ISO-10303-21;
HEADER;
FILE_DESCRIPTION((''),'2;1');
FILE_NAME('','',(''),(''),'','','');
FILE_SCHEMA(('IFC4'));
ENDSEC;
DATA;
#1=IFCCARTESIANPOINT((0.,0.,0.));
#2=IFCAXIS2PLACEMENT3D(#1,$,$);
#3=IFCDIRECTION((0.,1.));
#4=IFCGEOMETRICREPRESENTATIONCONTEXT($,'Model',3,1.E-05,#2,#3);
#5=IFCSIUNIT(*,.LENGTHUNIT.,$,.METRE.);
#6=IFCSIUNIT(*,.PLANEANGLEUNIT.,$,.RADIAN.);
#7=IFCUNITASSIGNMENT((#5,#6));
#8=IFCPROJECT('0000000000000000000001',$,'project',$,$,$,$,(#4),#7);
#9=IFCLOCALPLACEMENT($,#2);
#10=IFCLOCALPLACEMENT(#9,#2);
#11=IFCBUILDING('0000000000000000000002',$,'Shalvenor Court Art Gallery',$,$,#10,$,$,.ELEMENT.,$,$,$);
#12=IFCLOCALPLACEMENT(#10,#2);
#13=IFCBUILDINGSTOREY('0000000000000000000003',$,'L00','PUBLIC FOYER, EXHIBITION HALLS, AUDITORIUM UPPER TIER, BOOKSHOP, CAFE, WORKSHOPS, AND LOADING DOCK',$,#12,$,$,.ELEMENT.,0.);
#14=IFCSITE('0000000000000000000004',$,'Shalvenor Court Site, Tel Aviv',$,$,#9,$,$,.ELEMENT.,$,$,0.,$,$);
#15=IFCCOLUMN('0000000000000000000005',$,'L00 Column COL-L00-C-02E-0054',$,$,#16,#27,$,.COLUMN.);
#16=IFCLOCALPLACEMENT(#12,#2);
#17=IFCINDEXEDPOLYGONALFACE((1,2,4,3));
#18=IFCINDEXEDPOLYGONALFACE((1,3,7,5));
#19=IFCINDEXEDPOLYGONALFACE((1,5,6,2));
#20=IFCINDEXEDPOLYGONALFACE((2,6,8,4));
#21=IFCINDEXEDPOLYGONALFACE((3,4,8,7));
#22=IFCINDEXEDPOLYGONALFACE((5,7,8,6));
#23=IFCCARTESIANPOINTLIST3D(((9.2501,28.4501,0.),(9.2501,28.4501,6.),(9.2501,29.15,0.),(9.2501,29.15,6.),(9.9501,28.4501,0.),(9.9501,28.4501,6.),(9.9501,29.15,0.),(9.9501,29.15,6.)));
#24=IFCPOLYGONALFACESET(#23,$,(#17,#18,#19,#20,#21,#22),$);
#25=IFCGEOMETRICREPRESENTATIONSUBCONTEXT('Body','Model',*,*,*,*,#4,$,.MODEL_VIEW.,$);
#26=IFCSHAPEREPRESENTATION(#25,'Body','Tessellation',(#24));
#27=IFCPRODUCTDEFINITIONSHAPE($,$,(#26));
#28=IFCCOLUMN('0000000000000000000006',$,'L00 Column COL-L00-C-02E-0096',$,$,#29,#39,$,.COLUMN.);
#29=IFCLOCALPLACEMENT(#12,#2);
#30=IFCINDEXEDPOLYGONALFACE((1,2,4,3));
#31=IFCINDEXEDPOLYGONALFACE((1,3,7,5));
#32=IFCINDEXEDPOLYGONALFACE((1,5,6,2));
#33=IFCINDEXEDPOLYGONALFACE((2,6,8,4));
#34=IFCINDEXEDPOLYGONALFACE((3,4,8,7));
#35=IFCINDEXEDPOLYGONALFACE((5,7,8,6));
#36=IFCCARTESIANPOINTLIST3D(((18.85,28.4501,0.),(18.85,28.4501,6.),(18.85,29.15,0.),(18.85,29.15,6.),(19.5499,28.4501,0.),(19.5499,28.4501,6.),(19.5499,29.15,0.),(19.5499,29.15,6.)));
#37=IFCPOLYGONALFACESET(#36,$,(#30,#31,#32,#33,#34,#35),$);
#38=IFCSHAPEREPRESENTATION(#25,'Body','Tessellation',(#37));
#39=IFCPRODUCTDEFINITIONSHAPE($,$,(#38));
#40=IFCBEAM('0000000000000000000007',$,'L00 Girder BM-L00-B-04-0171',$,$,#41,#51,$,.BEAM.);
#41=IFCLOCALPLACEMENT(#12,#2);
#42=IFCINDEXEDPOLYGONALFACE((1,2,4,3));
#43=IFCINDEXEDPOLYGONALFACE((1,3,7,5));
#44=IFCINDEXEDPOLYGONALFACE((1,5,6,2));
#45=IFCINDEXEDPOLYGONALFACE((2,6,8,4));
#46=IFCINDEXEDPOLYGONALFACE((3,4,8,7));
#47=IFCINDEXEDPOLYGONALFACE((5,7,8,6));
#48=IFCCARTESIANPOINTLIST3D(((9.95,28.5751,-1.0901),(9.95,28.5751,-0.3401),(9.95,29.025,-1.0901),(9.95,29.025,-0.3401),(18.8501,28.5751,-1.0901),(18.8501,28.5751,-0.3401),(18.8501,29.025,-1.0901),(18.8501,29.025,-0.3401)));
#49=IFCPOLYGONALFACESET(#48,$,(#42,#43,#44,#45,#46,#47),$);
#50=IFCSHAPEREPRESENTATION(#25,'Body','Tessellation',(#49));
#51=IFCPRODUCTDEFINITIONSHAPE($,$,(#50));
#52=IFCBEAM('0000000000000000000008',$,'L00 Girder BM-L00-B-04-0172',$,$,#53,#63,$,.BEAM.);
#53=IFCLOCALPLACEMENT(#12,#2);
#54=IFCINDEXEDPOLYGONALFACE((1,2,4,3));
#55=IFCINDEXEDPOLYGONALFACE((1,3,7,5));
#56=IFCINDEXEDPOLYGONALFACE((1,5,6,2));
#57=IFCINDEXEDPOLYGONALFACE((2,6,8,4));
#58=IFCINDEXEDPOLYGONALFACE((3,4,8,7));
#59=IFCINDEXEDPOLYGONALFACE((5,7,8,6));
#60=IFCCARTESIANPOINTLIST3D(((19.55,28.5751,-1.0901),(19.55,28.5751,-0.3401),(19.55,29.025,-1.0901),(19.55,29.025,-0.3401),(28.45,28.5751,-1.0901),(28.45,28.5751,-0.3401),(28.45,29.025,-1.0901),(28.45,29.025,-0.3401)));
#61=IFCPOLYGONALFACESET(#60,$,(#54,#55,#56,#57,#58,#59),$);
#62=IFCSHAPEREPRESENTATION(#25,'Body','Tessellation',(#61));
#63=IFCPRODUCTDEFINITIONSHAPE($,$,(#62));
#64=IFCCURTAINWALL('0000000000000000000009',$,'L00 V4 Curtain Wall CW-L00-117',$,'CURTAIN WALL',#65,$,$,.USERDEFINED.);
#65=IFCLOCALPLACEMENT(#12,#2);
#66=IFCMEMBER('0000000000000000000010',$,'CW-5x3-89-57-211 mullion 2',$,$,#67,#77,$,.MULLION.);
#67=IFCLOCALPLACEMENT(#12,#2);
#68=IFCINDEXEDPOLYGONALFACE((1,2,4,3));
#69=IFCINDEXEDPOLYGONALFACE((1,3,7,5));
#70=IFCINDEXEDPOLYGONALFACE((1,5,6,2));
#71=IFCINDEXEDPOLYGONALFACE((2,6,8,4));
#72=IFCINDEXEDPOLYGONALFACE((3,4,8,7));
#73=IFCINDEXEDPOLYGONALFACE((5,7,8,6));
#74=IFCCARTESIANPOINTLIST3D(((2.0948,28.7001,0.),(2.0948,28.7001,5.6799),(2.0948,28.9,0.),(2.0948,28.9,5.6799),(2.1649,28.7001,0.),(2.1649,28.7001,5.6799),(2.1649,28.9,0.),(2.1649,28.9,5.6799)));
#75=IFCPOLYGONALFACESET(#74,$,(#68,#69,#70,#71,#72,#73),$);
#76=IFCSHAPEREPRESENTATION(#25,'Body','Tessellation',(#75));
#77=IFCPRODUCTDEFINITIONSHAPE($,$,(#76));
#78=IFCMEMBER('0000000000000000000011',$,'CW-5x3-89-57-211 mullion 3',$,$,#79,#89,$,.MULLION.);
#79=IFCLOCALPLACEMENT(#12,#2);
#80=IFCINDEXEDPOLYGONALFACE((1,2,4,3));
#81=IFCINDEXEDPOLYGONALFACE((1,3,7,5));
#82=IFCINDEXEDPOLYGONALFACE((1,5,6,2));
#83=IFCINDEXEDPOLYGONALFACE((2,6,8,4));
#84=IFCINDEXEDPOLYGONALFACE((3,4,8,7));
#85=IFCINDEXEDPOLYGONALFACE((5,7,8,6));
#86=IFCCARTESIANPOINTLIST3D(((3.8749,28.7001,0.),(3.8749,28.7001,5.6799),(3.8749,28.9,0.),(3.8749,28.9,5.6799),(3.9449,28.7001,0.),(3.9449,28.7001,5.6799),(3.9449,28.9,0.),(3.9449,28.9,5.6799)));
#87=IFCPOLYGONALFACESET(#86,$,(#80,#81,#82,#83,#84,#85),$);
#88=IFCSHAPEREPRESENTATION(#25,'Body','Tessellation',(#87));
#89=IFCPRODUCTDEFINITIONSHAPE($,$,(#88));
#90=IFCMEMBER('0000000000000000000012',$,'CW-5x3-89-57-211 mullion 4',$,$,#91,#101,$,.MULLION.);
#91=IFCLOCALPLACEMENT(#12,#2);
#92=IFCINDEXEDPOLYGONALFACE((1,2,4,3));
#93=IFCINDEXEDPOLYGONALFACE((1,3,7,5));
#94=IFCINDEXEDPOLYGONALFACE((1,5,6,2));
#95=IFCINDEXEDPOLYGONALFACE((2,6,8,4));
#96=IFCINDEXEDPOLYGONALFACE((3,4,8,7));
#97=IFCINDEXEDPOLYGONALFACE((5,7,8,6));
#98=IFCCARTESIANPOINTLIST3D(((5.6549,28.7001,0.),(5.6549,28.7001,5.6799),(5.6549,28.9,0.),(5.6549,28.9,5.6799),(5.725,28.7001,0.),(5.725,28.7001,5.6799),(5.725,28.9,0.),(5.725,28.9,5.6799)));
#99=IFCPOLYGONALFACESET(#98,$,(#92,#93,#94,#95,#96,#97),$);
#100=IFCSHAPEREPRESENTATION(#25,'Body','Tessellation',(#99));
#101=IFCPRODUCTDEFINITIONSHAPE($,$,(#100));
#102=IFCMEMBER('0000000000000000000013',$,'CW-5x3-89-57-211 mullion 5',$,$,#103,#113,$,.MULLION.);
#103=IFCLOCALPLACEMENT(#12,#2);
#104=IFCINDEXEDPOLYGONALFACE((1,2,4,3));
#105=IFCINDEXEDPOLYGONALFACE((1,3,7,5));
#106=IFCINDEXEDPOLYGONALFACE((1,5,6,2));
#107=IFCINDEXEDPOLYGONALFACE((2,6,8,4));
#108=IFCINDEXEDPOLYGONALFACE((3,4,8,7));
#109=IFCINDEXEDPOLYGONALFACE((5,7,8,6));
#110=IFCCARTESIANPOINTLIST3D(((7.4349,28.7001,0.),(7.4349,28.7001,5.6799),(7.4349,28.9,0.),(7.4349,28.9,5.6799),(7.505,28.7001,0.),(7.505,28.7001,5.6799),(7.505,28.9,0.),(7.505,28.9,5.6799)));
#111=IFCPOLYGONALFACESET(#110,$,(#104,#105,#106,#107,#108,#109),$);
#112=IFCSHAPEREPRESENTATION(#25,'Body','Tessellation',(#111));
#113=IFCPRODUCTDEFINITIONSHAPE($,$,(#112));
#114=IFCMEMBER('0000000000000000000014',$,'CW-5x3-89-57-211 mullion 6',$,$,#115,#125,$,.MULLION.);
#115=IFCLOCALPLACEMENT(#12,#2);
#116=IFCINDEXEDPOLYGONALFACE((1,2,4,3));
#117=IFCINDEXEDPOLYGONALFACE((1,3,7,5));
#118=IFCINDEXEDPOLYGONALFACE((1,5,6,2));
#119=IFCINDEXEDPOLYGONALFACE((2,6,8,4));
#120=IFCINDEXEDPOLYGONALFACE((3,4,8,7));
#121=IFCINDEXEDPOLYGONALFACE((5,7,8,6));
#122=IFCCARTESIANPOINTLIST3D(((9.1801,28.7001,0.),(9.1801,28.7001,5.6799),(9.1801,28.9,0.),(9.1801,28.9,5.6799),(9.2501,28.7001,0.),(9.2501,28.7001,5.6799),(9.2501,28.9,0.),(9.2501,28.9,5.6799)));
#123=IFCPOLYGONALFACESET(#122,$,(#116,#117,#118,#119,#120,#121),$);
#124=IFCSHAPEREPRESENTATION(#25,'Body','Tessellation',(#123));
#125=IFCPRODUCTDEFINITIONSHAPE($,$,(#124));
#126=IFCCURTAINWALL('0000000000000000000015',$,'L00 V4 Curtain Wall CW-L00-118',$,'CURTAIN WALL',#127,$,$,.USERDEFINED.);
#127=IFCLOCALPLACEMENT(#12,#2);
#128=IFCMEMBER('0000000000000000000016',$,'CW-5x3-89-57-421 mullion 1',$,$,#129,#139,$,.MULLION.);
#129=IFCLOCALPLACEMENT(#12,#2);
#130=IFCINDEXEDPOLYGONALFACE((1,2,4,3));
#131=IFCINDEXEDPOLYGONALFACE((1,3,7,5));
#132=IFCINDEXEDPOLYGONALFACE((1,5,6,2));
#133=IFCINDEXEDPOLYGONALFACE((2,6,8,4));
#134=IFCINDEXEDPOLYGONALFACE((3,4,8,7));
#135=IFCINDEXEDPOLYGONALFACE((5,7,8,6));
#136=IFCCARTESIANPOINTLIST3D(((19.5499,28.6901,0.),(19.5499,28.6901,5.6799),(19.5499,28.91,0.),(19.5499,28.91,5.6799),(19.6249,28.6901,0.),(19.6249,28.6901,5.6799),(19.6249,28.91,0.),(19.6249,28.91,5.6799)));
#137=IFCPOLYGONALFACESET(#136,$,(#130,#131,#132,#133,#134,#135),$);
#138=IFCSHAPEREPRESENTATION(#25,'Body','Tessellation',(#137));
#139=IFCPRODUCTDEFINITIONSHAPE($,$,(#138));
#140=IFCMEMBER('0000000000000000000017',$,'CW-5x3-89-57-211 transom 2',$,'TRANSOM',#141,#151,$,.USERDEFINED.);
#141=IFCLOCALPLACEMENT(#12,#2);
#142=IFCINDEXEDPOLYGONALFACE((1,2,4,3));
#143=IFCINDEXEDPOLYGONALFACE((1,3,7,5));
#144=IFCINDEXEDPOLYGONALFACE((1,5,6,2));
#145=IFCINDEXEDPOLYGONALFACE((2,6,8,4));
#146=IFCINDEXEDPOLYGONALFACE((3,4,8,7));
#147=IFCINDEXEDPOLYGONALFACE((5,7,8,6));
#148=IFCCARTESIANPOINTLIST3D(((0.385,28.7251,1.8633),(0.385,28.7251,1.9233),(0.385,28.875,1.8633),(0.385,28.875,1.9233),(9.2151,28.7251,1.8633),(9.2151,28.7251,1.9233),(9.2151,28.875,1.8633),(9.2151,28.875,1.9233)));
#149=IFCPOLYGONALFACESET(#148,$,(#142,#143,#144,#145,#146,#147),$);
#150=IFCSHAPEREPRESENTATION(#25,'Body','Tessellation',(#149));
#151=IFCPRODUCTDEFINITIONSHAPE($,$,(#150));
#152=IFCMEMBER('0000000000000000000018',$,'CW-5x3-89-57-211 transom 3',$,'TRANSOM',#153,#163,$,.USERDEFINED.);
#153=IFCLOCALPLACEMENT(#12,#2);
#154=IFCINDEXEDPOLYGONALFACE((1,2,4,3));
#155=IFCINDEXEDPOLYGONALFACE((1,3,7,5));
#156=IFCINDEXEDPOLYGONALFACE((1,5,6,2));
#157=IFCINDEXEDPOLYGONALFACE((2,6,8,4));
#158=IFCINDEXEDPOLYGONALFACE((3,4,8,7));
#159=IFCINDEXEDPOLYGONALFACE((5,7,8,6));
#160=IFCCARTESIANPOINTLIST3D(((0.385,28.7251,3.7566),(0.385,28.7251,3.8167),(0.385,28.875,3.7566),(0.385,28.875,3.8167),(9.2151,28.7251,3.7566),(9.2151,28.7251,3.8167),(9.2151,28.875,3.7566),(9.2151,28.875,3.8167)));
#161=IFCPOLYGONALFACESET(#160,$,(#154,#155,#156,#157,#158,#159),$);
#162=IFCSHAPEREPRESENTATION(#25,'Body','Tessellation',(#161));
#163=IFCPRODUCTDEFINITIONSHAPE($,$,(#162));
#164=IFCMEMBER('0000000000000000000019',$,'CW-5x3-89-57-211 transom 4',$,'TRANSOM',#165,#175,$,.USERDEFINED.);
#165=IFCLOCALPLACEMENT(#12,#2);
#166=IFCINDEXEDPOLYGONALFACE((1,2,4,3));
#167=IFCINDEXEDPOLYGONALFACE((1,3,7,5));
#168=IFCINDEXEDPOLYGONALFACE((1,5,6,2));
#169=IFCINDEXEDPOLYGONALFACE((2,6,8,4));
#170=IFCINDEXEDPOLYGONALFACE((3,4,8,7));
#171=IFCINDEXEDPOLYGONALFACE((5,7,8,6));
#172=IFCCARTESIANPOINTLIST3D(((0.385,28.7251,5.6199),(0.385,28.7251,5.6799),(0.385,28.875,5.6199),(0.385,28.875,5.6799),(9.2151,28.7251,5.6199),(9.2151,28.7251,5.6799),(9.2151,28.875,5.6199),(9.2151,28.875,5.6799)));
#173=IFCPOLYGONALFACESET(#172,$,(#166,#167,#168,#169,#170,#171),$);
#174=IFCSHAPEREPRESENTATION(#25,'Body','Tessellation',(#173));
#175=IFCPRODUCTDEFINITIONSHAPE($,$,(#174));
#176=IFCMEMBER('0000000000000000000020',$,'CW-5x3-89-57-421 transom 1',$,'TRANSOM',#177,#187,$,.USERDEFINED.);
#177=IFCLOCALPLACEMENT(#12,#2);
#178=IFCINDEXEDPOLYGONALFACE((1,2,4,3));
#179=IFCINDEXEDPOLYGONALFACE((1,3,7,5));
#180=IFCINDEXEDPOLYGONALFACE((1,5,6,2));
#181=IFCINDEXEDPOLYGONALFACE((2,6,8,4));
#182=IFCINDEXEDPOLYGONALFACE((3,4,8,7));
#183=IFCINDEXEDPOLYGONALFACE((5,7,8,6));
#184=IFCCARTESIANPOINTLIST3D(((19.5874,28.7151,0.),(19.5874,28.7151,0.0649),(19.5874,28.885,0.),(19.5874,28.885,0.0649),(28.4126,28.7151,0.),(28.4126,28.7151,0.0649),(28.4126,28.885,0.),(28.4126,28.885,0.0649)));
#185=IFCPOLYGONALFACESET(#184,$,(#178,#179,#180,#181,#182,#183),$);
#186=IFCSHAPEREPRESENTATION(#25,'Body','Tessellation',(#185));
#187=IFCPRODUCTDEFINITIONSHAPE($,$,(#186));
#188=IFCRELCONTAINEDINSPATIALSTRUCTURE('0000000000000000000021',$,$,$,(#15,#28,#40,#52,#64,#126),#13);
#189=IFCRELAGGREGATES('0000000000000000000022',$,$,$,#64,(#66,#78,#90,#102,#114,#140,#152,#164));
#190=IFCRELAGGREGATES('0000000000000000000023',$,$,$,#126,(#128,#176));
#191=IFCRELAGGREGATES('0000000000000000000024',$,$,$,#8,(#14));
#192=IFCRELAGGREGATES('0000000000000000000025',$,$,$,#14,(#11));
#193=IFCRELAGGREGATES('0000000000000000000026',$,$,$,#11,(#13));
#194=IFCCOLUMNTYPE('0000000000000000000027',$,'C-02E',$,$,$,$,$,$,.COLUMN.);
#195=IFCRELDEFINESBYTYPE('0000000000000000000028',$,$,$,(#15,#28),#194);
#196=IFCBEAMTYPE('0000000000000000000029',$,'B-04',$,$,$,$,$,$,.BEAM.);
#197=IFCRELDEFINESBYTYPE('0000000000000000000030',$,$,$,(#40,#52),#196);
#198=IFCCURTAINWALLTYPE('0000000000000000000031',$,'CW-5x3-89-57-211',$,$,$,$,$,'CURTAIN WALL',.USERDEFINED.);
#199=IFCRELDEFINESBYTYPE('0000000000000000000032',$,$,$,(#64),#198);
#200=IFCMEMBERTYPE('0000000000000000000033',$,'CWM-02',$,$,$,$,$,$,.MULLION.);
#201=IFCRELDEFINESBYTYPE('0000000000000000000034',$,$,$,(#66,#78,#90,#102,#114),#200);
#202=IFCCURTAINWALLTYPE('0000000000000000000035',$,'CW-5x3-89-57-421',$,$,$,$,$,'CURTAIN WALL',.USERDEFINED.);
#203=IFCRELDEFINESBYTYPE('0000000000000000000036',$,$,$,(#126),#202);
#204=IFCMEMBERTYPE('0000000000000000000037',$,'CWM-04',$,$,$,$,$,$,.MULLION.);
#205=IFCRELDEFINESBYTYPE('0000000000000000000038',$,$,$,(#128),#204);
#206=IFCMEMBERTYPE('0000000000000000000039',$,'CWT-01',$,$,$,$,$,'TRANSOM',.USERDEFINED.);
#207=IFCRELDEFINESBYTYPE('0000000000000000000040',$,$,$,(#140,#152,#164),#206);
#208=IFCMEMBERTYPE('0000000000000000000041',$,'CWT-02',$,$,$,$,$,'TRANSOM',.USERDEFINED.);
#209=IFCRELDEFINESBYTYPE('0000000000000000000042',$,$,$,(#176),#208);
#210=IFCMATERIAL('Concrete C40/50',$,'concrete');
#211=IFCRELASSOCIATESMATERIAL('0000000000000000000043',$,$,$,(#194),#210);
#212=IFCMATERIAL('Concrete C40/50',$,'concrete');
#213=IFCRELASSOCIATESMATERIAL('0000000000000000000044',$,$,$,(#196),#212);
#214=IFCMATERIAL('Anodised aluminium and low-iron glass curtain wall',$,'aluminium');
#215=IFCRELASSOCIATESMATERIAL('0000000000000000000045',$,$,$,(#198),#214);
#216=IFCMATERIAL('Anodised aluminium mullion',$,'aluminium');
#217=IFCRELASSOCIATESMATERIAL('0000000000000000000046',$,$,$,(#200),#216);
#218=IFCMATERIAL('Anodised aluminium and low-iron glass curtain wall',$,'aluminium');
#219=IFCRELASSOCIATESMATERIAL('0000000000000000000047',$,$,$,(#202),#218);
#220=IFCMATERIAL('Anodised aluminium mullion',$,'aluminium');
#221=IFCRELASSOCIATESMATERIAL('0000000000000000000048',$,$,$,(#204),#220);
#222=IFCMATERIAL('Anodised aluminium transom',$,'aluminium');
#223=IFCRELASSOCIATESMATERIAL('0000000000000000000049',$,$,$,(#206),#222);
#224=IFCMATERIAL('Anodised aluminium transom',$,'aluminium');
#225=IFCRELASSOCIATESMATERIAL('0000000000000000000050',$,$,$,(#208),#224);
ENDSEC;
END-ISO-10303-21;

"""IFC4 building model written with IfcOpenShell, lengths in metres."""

from ifc_helpers import new_model, si_unit, direction, frame, origin, origin_2d, place, context, subcontext, project, spatial, rectangle, extrude, material, material_profile, profile_set, type_object, element, aggregate, save


model = new_model("IFC4")

# Units and contexts
model_context = context("Model", 3, precision=1e-05, world=origin(), true_north=direction((0.0, 1.0)))
body_context = subcontext(model_context, "Body", "Model", "MODEL_VIEW")
ifc_project = project(units=[si_unit("LENGTHUNIT", "METRE"), si_unit("PLANEANGLEUNIT", "RADIAN")], contexts=[model_context])

# Site, building, storey
site_placement = place(None, origin())
site = spatial("IfcSite", under=ifc_project, at=site_placement, Name="Shalvenor Court Site, Tel Aviv", CompositionType="ELEMENT", RefElevation=0.0)
building_placement = place(site_placement, origin())
building = spatial("IfcBuilding", under=site, at=building_placement, Name="Shalvenor Court Art Gallery", CompositionType="ELEMENT")
storey_placement = place(building_placement, origin())
storey = spatial("IfcBuildingStorey", under=building, at=storey_placement, Name="L00", Description="PUBLIC FOYER, EXHIBITION HALLS, AUDITORIUM UPPER TIER, BOOKSHOP, CAFE, WORKSHOPS, AND LOADING DOCK", CompositionType="ELEMENT", Elevation=0.0)

# Columns
ifc_material_1 = material(Name="Concrete C40/50", Category="concrete")
ifc_material_profile_1 = material_profile(ifc_material_1, rectangle(XDim=0.7, YDim=0.7, at=origin_2d()), Name="RC 700x700")
ifc_profile_set_1 = profile_set([ifc_material_profile_1], Name="Concrete C40/50")
column_type = type_object("IfcColumnType", Name="C-02E", PredefinedType="COLUMN", material=ifc_profile_set_1)
for number, where, z_axis, x_axis, name in (
    (1, (9.6001, 28.8, 0.0), (0.0, 0.0, 1.0), (1.0, 0.0, 0.0), "L00 Column COL-L00-C-02E-0054"),
    (2, (19.2, 28.8, 0.0), (0.0, 0.0, 1.0), (1.0, 0.0, 0.0), "L00 Column COL-L00-C-02E-0096"),
):
    element("IfcColumn", number, at=place(storey_placement, frame(where, z_axis=z_axis, x_axis=x_axis)), inside=storey, type_object=column_type, Name=name, PredefinedType="COLUMN", context=body_context, shape_type="SweptSolid", body=[
        extrude(rectangle(XDim=0.7, YDim=0.7, at=origin_2d()), origin(), (0.0, 0.0, 1.0), 6.0),
    ])

# Beams
ifc_material_2 = material(Name="Concrete C40/50", Category="concrete")
ifc_material_profile_2 = material_profile(ifc_material_2, rectangle(XDim=0.45, YDim=0.75, at=origin_2d()), Name="RC 450x750")
ifc_profile_set_2 = profile_set([ifc_material_profile_2], Name="Concrete C40/50")
beam_type = type_object("IfcBeamType", Name="B-04", PredefinedType="BEAM", material=ifc_profile_set_2)
beam_1_placement = place(storey_placement, frame((9.95, 28.8, -0.7151), z_axis=(1.0, 0.0, 0.0), x_axis=(0.0, 1.0, 0.0)))
element("IfcBeam", 3, at=beam_1_placement, inside=storey, type_object=beam_type, Name="L00 Girder BM-L00-B-04-0171", PredefinedType="BEAM", context=body_context, shape_type="SweptSolid", body=[
    extrude(rectangle(XDim=0.45, YDim=0.75, at=origin_2d()), origin(), (0.0, 0.0, 1.0), 8.9001),
])
beam_2_placement = place(storey_placement, frame((19.55, 28.8, -0.7151), z_axis=(1.0, 0.0, 0.0), x_axis=(0.0, 1.0, 0.0)))
element("IfcBeam", 4, at=beam_2_placement, inside=storey, type_object=beam_type, Name="L00 Girder BM-L00-B-04-0172", PredefinedType="BEAM", context=body_context, shape_type="SweptSolid", body=[
    extrude(rectangle(XDim=0.45, YDim=0.75, at=origin_2d()), origin(), (0.0, 0.0, 1.0), 8.8999),
])

# Curtain wall, members
ifc_material_3 = material(Name="Anodised aluminium and low-iron glass curtain wall", Category="aluminium")
curtain_wall_type_1 = type_object("IfcCurtainWallType", Name="CW-5x3-89-57-211", ElementType="CURTAIN WALL", PredefinedType="USERDEFINED", material=ifc_material_3)
curtain_wall_1_placement = place(storey_placement, origin())
curtain_wall_1 = element("IfcCurtainWall", 5, at=curtain_wall_1_placement, inside=storey, type_object=curtain_wall_type_1, Name="L00 V4 Curtain Wall CW-L00-117", ObjectType="CURTAIN WALL", PredefinedType="USERDEFINED")
ifc_material_4 = material(Name="Anodised aluminium mullion", Category="aluminium")
ifc_material_profile_3 = material_profile(ifc_material_4, rectangle(XDim=0.0701, YDim=0.2, at=origin_2d()), Name="CWM-02")
ifc_profile_set_3 = profile_set([ifc_material_profile_3], Name="Anodised aluminium mullion")
member_type_1 = type_object("IfcMemberType", Name="CWM-02", PredefinedType="MULLION", material=ifc_profile_set_3)
member_1_placement = place(storey_placement, frame((2.1299, 28.8, 0.0), z_axis=(0.0, 0.0, 1.0), x_axis=(1.0, 0.0, 0.0)))
member_1 = element("IfcMember", 6, at=member_1_placement, type_object=member_type_1, Name="CW-5x3-89-57-211 mullion 2", PredefinedType="MULLION", context=body_context, shape_type="SweptSolid", body=[
    extrude(rectangle(XDim=0.0701, YDim=0.2, at=origin_2d()), origin(), (0.0, 0.0, 1.0), 5.6799),
])
member_2_placement = place(storey_placement, frame((3.9099, 28.8, 0.0), z_axis=(0.0, 0.0, 1.0), x_axis=(1.0, 0.0, 0.0)))
member_2 = element("IfcMember", 7, at=member_2_placement, type_object=member_type_1, Name="CW-5x3-89-57-211 mullion 3", PredefinedType="MULLION", context=body_context, shape_type="SweptSolid", body=[
    extrude(rectangle(XDim=0.0701, YDim=0.2, at=origin_2d()), origin(), (0.0, 0.0, 1.0), 5.6799),
])
member_3_placement = place(storey_placement, frame((5.6899, 28.8, 0.0), z_axis=(0.0, 0.0, 1.0), x_axis=(1.0, 0.0, 0.0)))
member_3 = element("IfcMember", 8, at=member_3_placement, type_object=member_type_1, Name="CW-5x3-89-57-211 mullion 4", PredefinedType="MULLION", context=body_context, shape_type="SweptSolid", body=[
    extrude(rectangle(XDim=0.0701, YDim=0.2, at=origin_2d()), origin(), (0.0, 0.0, 1.0), 5.6799),
])
member_4_placement = place(storey_placement, frame((7.47, 28.8, 0.0), z_axis=(0.0, 0.0, 1.0), x_axis=(1.0, 0.0, 0.0)))
member_4 = element("IfcMember", 9, at=member_4_placement, type_object=member_type_1, Name="CW-5x3-89-57-211 mullion 5", PredefinedType="MULLION", context=body_context, shape_type="SweptSolid", body=[
    extrude(rectangle(XDim=0.0701, YDim=0.2, at=origin_2d()), origin(), (0.0, 0.0, 1.0), 5.6799),
])
member_5_placement = place(storey_placement, frame((9.2151, 28.8, 0.0), z_axis=(0.0, 0.0, 1.0), x_axis=(1.0, 0.0, 0.0)))
member_5 = element("IfcMember", 10, at=member_5_placement, type_object=member_type_1, Name="CW-5x3-89-57-211 mullion 6", PredefinedType="MULLION", context=body_context, shape_type="SweptSolid", body=[
    extrude(rectangle(XDim=0.0701, YDim=0.2, at=origin_2d()), origin(), (0.0, 0.0, 1.0), 5.6799),
])

# Curtain wall, member
ifc_material_5 = material(Name="Anodised aluminium and low-iron glass curtain wall", Category="aluminium")
curtain_wall_type_2 = type_object("IfcCurtainWallType", Name="CW-5x3-89-57-421", ElementType="CURTAIN WALL", PredefinedType="USERDEFINED", material=ifc_material_5)
curtain_wall_2_placement = place(storey_placement, origin())
curtain_wall_2 = element("IfcCurtainWall", 11, at=curtain_wall_2_placement, inside=storey, type_object=curtain_wall_type_2, Name="L00 V4 Curtain Wall CW-L00-118", ObjectType="CURTAIN WALL", PredefinedType="USERDEFINED")
ifc_material_6 = material(Name="Anodised aluminium mullion", Category="aluminium")
ifc_material_profile_4 = material_profile(ifc_material_6, rectangle(XDim=0.075, YDim=0.22, at=origin_2d()), Name="CWM-04")
ifc_profile_set_4 = profile_set([ifc_material_profile_4], Name="Anodised aluminium mullion")
member_type_2 = type_object("IfcMemberType", Name="CWM-04", PredefinedType="MULLION", material=ifc_profile_set_4)
member_6_placement = place(storey_placement, frame((19.5874, 28.8, 0.0), z_axis=(0.0, 0.0, 1.0), x_axis=(1.0, 0.0, 0.0)))
member_6 = element("IfcMember", 12, at=member_6_placement, type_object=member_type_2, Name="CW-5x3-89-57-421 mullion 1", PredefinedType="MULLION", context=body_context, shape_type="SweptSolid", body=[
    extrude(rectangle(XDim=0.075, YDim=0.22, at=origin_2d()), origin(), (0.0, 0.0, 1.0), 5.6799),
])

# Members
ifc_material_7 = material(Name="Anodised aluminium transom", Category="aluminium")
ifc_material_profile_5 = material_profile(ifc_material_7, rectangle(XDim=0.1499, YDim=0.0601, at=origin_2d()), Name="CWT-01")
ifc_profile_set_5 = profile_set([ifc_material_profile_5], Name="Anodised aluminium transom")
member_type_3 = type_object("IfcMemberType", Name="CWT-01", ElementType="TRANSOM", PredefinedType="USERDEFINED", material=ifc_profile_set_5)
member_7_placement = place(storey_placement, frame((0.385, 28.8, 1.8933), z_axis=(1.0, 0.0, 0.0), x_axis=(0.0, 1.0, 0.0)))
member_7 = element("IfcMember", 13, at=member_7_placement, type_object=member_type_3, Name="CW-5x3-89-57-211 transom 2", ObjectType="TRANSOM", PredefinedType="USERDEFINED", context=body_context, shape_type="SweptSolid", body=[
    extrude(rectangle(XDim=0.1499, YDim=0.0601, at=origin_2d()), origin(), (0.0, 0.0, 1.0), 8.8301),
])
member_8_placement = place(storey_placement, frame((0.385, 28.8, 3.7866), z_axis=(1.0, 0.0, 0.0), x_axis=(0.0, 1.0, 0.0)))
member_8 = element("IfcMember", 14, at=member_8_placement, type_object=member_type_3, Name="CW-5x3-89-57-211 transom 3", ObjectType="TRANSOM", PredefinedType="USERDEFINED", context=body_context, shape_type="SweptSolid", body=[
    extrude(rectangle(XDim=0.1499, YDim=0.0601, at=origin_2d()), origin(), (0.0, 0.0, 1.0), 8.8301),
])
member_9_placement = place(storey_placement, frame((0.385, 28.8, 5.6499), z_axis=(1.0, 0.0, 0.0), x_axis=(0.0, 1.0, 0.0)))
member_9 = element("IfcMember", 15, at=member_9_placement, type_object=member_type_3, Name="CW-5x3-89-57-211 transom 4", ObjectType="TRANSOM", PredefinedType="USERDEFINED", context=body_context, shape_type="SweptSolid", body=[
    extrude(rectangle(XDim=0.1499, YDim=0.0601, at=origin_2d()), origin(), (0.0, 0.0, 1.0), 8.8301),
])
ifc_material_8 = material(Name="Anodised aluminium transom", Category="aluminium")
ifc_material_profile_6 = material_profile(ifc_material_8, rectangle(XDim=0.1699, YDim=0.0649, at=origin_2d()), Name="CWT-02")
ifc_profile_set_6 = profile_set([ifc_material_profile_6], Name="Anodised aluminium transom")
member_type_4 = type_object("IfcMemberType", Name="CWT-02", ElementType="TRANSOM", PredefinedType="USERDEFINED", material=ifc_profile_set_6)
member_10_placement = place(storey_placement, frame((19.5874, 28.8, 0.0325), z_axis=(1.0, 0.0, 0.0), x_axis=(0.0, 1.0, 0.0)))
member_10 = element("IfcMember", 16, at=member_10_placement, type_object=member_type_4, Name="CW-5x3-89-57-421 transom 1", ObjectType="TRANSOM", PredefinedType="USERDEFINED", context=body_context, shape_type="SweptSolid", body=[
    extrude(rectangle(XDim=0.1699, YDim=0.0649, at=origin_2d()), origin(), (0.0, 0.0, 1.0), 8.8252),
])

aggregate(curtain_wall_1, [member_1, member_2, member_3, member_4, member_5, member_7, member_8, member_9])
aggregate(curtain_wall_2, [member_6, member_10])

save(model, "model.ifc")
